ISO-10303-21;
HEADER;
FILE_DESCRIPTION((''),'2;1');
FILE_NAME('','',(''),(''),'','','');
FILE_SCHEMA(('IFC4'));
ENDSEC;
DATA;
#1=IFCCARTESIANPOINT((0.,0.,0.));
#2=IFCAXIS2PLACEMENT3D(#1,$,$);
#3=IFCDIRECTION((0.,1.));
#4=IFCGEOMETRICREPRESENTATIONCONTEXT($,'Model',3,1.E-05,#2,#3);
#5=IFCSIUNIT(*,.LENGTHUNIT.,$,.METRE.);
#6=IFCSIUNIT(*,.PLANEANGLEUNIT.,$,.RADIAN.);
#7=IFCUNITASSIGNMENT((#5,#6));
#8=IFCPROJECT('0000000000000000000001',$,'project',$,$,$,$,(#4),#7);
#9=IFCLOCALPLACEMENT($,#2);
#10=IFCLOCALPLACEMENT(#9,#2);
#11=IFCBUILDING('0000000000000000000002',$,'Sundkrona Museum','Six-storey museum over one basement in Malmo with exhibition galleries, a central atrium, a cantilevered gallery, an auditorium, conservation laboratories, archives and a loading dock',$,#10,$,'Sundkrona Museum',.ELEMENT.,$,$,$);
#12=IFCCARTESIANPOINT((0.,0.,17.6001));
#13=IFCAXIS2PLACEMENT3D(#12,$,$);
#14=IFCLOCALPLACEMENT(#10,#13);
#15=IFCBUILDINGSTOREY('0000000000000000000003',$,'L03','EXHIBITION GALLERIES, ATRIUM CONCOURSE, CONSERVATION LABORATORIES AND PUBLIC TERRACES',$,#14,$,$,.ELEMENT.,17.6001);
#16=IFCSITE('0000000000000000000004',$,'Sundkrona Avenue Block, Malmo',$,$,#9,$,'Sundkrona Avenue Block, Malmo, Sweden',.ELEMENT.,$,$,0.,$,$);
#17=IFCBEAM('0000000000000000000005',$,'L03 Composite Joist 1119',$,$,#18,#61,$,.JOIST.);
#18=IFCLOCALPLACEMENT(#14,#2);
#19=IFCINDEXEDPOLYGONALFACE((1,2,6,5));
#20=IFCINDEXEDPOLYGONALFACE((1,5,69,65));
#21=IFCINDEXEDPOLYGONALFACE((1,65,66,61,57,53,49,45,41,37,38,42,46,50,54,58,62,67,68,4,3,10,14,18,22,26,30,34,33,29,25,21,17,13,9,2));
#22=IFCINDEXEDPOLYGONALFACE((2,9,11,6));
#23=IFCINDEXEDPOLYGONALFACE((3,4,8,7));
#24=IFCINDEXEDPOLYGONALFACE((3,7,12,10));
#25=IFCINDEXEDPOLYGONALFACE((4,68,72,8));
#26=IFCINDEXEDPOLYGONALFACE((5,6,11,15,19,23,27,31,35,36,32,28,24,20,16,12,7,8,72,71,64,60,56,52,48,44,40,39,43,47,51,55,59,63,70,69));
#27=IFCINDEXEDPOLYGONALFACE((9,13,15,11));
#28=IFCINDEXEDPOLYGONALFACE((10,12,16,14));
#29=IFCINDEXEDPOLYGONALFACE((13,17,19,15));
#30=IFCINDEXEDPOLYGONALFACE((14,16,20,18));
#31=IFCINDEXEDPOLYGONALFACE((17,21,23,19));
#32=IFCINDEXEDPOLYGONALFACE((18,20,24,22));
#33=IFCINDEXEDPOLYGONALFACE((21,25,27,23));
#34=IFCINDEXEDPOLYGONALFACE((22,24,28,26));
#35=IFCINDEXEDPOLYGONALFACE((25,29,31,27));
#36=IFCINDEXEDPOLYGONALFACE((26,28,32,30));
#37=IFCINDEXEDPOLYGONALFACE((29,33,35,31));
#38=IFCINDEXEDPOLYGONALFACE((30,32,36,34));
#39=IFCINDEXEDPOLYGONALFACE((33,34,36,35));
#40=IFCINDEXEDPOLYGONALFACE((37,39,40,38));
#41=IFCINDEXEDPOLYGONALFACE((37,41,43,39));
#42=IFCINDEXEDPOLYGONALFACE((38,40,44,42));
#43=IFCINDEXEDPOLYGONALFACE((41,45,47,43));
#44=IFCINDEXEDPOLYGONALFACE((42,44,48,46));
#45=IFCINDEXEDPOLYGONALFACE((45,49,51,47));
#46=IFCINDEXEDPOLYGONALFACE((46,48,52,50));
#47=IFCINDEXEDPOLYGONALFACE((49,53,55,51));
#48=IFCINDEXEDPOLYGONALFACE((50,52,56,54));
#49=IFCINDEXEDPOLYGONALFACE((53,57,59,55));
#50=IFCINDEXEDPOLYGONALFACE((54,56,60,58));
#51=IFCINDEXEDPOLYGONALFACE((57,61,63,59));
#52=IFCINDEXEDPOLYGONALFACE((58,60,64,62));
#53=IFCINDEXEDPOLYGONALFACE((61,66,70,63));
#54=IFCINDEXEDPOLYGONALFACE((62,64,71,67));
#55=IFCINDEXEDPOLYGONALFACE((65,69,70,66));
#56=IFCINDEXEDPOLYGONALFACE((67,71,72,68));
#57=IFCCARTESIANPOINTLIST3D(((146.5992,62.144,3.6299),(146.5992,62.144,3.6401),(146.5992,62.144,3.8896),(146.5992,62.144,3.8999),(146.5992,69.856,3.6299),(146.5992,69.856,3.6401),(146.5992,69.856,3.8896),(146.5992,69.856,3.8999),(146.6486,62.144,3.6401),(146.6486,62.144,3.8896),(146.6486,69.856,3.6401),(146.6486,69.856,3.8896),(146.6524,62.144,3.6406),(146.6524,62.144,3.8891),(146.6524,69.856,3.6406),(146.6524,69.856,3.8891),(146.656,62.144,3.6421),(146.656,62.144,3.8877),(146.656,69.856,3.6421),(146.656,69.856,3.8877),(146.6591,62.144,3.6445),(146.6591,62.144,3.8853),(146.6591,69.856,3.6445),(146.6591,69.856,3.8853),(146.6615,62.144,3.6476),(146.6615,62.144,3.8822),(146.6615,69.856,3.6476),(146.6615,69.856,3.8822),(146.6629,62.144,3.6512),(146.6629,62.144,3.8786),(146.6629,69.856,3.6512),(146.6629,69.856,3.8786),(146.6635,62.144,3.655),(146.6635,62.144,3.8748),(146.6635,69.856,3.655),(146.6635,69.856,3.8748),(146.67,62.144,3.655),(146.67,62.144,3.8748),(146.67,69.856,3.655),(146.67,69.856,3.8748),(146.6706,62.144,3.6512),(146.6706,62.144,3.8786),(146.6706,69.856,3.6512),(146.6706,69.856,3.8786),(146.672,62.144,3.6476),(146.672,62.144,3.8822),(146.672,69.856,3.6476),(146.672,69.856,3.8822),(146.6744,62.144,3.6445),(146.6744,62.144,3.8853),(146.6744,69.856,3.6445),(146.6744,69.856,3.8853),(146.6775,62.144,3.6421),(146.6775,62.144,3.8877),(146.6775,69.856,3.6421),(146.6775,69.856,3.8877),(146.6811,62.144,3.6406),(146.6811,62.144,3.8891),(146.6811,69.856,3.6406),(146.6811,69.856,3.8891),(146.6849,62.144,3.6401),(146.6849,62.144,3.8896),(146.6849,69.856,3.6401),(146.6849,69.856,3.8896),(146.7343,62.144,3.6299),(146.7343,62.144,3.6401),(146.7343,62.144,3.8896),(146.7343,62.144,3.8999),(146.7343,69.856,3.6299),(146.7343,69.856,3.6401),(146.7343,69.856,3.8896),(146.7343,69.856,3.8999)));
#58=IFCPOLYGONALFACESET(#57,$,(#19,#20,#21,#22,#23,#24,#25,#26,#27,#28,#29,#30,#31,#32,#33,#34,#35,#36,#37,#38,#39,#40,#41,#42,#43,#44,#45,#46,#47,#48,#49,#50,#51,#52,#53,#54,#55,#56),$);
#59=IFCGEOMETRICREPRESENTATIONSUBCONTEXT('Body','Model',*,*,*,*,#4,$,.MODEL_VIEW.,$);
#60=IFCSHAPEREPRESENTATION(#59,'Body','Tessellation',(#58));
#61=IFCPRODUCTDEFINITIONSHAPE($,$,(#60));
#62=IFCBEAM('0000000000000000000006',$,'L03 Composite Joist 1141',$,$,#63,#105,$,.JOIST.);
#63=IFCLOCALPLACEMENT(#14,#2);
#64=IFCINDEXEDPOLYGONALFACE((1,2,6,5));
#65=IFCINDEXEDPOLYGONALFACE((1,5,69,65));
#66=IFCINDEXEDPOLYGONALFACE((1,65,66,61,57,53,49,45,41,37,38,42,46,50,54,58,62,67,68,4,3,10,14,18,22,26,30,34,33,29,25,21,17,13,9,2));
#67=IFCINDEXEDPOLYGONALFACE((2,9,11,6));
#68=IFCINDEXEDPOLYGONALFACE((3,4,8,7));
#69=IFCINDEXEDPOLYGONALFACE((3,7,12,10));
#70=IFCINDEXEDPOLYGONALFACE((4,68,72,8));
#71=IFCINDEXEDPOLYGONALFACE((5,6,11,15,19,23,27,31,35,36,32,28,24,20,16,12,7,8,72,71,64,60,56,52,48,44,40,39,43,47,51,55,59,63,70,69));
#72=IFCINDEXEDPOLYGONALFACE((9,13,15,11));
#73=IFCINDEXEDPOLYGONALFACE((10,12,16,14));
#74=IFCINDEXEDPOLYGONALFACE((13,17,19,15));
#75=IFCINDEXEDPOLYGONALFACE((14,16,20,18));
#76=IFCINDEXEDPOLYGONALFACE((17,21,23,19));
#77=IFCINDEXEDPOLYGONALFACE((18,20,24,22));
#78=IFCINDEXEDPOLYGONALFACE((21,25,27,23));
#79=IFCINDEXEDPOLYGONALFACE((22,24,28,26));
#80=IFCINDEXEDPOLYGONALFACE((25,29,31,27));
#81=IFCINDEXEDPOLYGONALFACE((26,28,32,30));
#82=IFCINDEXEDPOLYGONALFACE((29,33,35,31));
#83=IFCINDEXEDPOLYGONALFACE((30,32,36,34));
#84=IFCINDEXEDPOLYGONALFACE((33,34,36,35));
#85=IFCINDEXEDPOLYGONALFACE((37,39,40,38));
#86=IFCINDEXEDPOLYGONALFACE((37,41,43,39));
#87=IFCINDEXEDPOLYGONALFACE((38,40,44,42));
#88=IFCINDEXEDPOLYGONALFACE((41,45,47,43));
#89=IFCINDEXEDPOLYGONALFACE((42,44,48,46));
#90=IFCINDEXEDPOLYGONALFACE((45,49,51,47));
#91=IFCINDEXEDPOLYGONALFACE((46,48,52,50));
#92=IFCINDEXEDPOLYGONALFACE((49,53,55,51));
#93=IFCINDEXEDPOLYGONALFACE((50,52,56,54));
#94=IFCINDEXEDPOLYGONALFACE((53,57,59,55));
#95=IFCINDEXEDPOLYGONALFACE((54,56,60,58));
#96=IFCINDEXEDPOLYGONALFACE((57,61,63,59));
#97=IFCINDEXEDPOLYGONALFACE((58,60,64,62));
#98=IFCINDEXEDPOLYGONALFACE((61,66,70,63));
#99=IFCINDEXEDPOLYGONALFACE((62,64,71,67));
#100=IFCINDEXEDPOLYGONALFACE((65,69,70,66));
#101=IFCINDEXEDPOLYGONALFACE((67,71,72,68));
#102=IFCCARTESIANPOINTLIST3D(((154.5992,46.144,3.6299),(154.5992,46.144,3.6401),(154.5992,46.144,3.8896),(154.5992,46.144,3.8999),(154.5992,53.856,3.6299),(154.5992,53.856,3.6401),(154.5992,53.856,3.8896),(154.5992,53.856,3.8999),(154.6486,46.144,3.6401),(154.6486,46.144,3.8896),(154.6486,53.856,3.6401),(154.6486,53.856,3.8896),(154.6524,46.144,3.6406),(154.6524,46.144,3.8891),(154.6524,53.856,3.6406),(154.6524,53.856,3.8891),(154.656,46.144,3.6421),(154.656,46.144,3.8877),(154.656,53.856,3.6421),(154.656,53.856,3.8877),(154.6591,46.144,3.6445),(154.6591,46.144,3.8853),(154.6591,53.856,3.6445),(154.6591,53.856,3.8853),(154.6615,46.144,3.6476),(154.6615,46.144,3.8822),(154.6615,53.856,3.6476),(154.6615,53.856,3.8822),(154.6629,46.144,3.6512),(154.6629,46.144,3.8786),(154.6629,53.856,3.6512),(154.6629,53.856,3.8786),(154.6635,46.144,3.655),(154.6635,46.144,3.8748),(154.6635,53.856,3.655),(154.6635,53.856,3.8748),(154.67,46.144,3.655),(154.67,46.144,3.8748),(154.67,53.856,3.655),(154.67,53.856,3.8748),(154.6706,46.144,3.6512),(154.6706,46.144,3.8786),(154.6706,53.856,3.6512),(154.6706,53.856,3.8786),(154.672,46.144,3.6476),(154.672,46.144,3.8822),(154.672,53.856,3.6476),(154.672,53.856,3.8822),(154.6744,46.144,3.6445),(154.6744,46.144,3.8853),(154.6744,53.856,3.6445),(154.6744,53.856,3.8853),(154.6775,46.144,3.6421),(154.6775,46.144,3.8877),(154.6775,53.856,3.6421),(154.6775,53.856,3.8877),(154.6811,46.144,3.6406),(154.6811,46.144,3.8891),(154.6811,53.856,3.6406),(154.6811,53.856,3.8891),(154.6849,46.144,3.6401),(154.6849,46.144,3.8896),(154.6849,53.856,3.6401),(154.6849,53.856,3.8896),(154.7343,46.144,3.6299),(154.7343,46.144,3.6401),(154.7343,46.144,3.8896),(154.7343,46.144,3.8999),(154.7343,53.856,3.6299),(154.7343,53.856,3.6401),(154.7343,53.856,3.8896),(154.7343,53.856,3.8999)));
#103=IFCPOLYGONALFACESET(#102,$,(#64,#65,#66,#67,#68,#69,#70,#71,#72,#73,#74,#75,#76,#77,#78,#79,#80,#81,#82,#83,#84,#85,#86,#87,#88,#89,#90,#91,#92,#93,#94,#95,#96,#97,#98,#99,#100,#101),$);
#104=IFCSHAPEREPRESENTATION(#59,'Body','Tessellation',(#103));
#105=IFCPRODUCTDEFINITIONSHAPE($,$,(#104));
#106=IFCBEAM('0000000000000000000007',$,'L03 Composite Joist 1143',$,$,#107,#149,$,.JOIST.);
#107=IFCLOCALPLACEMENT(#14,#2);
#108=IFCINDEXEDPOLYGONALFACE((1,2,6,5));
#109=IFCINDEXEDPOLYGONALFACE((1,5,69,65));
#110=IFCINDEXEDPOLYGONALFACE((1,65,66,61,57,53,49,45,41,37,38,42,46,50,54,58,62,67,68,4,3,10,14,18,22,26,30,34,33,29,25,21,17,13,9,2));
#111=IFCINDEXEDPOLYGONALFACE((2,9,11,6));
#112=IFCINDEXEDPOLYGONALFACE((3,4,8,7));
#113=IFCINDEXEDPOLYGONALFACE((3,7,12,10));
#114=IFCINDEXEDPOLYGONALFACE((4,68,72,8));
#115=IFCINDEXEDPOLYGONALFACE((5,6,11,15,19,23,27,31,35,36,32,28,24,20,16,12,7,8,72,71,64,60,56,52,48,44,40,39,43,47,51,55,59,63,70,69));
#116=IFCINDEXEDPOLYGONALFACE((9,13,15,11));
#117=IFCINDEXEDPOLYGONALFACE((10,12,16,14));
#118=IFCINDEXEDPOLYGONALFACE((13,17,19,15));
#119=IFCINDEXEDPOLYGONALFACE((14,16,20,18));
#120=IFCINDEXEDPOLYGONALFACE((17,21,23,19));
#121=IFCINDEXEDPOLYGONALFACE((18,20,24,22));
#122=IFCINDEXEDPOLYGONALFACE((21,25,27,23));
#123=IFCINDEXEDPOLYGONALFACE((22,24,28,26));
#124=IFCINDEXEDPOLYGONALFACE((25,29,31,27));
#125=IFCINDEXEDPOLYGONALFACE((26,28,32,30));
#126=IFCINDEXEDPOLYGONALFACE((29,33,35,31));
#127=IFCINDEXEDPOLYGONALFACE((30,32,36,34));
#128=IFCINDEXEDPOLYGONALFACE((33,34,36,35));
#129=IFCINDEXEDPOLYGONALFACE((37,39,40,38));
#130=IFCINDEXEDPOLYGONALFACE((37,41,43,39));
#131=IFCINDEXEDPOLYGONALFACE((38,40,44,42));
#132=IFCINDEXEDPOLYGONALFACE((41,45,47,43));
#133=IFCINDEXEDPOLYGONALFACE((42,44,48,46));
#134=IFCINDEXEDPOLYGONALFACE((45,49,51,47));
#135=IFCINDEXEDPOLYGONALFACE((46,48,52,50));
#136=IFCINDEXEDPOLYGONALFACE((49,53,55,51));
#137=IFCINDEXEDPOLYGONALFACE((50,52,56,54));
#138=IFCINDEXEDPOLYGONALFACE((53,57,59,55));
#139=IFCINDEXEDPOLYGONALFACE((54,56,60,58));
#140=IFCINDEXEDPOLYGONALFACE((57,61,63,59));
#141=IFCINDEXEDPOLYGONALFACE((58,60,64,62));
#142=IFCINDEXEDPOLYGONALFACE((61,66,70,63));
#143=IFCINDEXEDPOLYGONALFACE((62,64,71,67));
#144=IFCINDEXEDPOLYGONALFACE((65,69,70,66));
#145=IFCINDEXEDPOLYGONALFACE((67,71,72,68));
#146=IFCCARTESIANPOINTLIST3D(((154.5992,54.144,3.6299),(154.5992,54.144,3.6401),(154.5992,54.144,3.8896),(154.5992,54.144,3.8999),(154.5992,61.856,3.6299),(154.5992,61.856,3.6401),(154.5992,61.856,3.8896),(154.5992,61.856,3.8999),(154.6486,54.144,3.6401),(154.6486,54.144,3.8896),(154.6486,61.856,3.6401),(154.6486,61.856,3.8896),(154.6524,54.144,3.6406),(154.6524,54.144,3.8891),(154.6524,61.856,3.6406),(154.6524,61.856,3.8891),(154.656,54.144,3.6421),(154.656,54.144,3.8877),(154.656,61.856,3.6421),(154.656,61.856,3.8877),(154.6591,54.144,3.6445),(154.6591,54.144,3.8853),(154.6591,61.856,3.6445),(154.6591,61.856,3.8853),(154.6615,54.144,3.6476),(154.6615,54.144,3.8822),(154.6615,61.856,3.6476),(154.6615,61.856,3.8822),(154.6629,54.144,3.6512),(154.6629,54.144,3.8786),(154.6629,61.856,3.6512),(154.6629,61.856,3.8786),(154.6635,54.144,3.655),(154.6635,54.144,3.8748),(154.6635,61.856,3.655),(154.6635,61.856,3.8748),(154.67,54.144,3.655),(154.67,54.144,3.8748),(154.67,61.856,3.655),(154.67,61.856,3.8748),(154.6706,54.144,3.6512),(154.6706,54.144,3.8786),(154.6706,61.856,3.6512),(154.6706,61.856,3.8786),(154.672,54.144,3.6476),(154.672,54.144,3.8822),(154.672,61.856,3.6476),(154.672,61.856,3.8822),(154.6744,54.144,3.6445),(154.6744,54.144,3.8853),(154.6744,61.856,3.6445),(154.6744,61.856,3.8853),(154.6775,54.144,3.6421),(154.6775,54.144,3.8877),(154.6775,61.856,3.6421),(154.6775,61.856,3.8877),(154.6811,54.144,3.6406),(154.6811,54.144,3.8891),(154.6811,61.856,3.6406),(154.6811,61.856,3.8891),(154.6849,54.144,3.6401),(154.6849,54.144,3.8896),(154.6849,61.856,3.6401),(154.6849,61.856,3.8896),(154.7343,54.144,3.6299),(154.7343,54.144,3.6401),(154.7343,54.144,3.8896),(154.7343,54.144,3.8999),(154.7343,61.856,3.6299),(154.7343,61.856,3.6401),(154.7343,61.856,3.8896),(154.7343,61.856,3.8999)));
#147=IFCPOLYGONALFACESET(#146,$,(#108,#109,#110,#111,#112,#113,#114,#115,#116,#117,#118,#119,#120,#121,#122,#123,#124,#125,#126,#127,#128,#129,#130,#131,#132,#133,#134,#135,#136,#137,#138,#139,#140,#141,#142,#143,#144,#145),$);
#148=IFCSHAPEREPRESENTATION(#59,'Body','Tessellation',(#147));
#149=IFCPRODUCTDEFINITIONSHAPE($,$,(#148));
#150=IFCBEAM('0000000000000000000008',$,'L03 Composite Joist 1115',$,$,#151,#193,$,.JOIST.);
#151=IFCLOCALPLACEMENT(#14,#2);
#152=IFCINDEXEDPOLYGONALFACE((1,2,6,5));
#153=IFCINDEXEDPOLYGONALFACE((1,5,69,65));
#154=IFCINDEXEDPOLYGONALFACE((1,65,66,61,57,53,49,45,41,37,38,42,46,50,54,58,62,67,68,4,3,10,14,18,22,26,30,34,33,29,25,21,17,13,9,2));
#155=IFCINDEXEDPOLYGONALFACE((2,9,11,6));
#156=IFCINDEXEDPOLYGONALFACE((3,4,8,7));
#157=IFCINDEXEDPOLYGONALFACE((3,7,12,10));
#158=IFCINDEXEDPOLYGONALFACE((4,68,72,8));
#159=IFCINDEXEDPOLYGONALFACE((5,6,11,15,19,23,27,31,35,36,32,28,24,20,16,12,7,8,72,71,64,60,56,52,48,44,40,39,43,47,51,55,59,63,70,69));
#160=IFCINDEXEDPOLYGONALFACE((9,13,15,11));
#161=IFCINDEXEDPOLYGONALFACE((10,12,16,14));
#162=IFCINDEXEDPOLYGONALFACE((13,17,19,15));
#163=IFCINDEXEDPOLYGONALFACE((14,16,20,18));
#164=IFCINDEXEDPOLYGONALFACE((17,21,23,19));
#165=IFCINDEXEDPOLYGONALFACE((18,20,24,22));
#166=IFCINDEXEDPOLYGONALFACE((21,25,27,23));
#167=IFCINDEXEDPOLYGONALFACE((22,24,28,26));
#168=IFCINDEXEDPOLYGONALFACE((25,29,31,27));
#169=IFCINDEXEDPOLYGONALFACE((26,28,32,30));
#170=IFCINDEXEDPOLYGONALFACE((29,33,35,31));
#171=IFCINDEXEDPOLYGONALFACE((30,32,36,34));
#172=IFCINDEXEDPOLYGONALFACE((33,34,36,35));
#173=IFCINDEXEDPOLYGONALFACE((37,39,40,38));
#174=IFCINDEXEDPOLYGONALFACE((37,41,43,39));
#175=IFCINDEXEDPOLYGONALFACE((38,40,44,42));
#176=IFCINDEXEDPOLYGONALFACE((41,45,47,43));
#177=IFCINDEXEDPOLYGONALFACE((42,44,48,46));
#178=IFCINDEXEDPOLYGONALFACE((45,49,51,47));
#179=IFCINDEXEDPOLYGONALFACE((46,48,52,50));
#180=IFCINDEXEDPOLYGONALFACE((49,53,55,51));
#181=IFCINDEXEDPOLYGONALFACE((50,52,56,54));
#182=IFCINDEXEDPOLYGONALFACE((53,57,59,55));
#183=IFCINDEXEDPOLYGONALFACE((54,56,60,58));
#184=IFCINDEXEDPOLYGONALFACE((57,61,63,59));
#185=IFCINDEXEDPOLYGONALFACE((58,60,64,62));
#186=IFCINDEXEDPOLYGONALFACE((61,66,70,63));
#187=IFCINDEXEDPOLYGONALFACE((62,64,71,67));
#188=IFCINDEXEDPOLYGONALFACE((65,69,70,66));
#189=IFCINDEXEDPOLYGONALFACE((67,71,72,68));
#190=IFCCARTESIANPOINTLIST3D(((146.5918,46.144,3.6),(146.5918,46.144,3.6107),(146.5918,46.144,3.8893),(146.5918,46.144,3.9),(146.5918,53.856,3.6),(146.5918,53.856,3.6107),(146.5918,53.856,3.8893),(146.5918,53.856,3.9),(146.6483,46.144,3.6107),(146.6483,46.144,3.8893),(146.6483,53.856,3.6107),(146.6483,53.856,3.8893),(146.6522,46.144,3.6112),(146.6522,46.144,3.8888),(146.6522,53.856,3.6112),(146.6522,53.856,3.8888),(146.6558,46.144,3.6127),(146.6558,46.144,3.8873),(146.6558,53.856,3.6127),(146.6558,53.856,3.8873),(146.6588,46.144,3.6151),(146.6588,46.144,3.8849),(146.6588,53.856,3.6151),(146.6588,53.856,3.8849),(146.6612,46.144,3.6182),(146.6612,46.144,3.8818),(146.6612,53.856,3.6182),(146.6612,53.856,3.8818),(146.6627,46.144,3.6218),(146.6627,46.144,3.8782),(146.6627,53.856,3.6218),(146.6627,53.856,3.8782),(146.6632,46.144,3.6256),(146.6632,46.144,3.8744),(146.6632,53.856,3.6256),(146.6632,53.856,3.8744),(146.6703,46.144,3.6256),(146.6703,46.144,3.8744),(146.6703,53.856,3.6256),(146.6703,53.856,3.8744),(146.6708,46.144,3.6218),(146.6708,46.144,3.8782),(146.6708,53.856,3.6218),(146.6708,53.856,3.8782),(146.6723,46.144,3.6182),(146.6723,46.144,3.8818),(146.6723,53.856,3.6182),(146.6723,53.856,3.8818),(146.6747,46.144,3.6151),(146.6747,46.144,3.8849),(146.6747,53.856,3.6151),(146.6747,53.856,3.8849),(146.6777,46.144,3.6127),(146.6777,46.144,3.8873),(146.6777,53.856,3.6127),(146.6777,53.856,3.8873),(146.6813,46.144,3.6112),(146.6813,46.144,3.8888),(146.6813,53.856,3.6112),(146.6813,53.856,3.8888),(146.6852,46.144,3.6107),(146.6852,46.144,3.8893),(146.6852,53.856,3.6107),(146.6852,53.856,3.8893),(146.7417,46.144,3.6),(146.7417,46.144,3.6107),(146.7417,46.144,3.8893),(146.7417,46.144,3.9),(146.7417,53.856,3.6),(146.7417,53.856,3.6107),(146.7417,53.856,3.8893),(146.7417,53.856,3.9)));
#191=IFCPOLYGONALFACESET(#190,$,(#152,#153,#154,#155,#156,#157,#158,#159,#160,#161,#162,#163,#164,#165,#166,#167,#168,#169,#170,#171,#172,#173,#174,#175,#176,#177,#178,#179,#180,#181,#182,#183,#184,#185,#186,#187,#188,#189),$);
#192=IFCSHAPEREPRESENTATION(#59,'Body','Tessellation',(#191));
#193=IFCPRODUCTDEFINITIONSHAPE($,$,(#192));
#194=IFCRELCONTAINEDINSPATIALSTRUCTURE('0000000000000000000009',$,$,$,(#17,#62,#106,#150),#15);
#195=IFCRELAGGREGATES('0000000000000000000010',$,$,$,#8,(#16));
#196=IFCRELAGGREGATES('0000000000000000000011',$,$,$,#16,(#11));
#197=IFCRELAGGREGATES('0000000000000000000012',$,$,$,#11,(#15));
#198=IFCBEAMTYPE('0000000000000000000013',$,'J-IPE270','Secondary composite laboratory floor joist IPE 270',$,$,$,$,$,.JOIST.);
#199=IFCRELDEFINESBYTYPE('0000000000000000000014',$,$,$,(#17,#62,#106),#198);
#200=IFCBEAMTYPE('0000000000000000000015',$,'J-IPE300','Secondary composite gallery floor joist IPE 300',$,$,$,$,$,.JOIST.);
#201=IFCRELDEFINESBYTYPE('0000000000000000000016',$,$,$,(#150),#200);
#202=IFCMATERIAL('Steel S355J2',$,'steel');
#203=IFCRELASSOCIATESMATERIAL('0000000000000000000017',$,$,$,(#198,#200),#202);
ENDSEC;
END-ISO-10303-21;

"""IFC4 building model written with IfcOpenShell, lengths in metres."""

from ifc_helpers import new_model, si_unit, direction, frame, origin, origin_2d, place, context, subcontext, project, spatial, i_section, extrude, material, material_profile, profile_set, type_object, element, save


model = new_model("IFC4")

# Units and contexts
model_context = context("Model", 3, precision=1e-05, world=origin(), true_north=direction((0.0, 1.0)))
body_context = subcontext(model_context, "Body", "Model", "MODEL_VIEW")
ifc_project = project(units=[si_unit("LENGTHUNIT", "METRE"), si_unit("PLANEANGLEUNIT", "RADIAN")], contexts=[model_context])

# Site, building, storey
site_placement = place(None, origin())
site = spatial("IfcSite", under=ifc_project, at=site_placement, Name="Sundkrona Avenue Block, Malmo", LongName="Sundkrona Avenue Block, Malmo, Sweden", CompositionType="ELEMENT", RefElevation=0.0)
building_placement = place(site_placement, origin())
building = spatial("IfcBuilding", under=site, at=building_placement, Name="Sundkrona Museum", Description="Six-storey museum over one basement in Malmo with exhibition galleries, a central atrium, a cantilevered gallery, an auditorium, conservation laboratories, archives and a loading dock", LongName="Sundkrona Museum", CompositionType="ELEMENT")
storey_placement = place(building_placement, frame((0.0, 0.0, 17.6001)))
storey = spatial("IfcBuildingStorey", under=building, at=storey_placement, Name="L03", Description="EXHIBITION GALLERIES, ATRIUM CONCOURSE, CONSERVATION LABORATORIES AND PUBLIC TERRACES", CompositionType="ELEMENT", Elevation=17.6001)

# Shared definitions
ifc_material_1 = material(Name="Steel S355J2", Category="steel")

# Beams
ifc_material_profile_1 = material_profile(ifc_material_1, i_section(OverallWidth=0.135, OverallDepth=0.27, WebThickness=0.0066, FlangeThickness=0.0103, FilletRadius=0.0149, at=origin_2d()), Name="IPE 270")
ifc_profile_set_1 = profile_set([ifc_material_profile_1], Name="Steel S355J2")
beam_type_1 = type_object("IfcBeamType", Name="J-IPE270", Description="Secondary composite laboratory floor joist IPE 270", PredefinedType="JOIST", material=ifc_profile_set_1)
for number, where, z_axis, x_axis, name in (
    (1, (146.6667, 62.144, 3.7649), (0.0, 1.0, 0.0), (-1.0, 0.0, 0.0), "L03 Composite Joist 1119"),
    (2, (154.6667, 46.144, 3.7649), (0.0, 1.0, 0.0), (-1.0, 0.0, 0.0), "L03 Composite Joist 1141"),
    (3, (154.6667, 54.144, 3.7649), (0.0, 1.0, 0.0), (-1.0, 0.0, 0.0), "L03 Composite Joist 1143"),
):
    element("IfcBeam", number, at=place(storey_placement, frame(where, z_axis=z_axis, x_axis=x_axis)), inside=storey, type_object=beam_type_1, Name=name, PredefinedType="JOIST", context=body_context, shape_type="SweptSolid", body=[
        extrude(i_section(OverallWidth=0.135, OverallDepth=0.27, WebThickness=0.0066, FlangeThickness=0.0103, FilletRadius=0.0149, at=origin_2d()), origin(), (0.0, 0.0, 1.0), 7.7119),
    ])
ifc_material_profile_2 = material_profile(ifc_material_1, i_section(OverallWidth=0.1499, OverallDepth=0.3, WebThickness=0.0071, FlangeThickness=0.0107, FilletRadius=0.0149, at=origin_2d()), Name="IPE 300")
ifc_profile_set_2 = profile_set([ifc_material_profile_2], Name="Steel S355J2")
beam_type_2 = type_object("IfcBeamType", Name="J-IPE300", Description="Secondary composite gallery floor joist IPE 300", PredefinedType="JOIST", material=ifc_profile_set_2)
beam_1_placement = place(storey_placement, frame((146.6667, 46.144, 3.75), z_axis=(0.0, 1.0, 0.0), x_axis=(-1.0, 0.0, 0.0)))
element("IfcBeam", 4, at=beam_1_placement, inside=storey, type_object=beam_type_2, Name="L03 Composite Joist 1115", PredefinedType="JOIST", context=body_context, shape_type="SweptSolid", body=[
    extrude(i_section(OverallWidth=0.1499, OverallDepth=0.3, WebThickness=0.0071, FlangeThickness=0.0107, FilletRadius=0.0149, at=origin_2d()), origin(), (0.0, 0.0, 1.0), 7.7119),
])

save(model, "model.ifc")
